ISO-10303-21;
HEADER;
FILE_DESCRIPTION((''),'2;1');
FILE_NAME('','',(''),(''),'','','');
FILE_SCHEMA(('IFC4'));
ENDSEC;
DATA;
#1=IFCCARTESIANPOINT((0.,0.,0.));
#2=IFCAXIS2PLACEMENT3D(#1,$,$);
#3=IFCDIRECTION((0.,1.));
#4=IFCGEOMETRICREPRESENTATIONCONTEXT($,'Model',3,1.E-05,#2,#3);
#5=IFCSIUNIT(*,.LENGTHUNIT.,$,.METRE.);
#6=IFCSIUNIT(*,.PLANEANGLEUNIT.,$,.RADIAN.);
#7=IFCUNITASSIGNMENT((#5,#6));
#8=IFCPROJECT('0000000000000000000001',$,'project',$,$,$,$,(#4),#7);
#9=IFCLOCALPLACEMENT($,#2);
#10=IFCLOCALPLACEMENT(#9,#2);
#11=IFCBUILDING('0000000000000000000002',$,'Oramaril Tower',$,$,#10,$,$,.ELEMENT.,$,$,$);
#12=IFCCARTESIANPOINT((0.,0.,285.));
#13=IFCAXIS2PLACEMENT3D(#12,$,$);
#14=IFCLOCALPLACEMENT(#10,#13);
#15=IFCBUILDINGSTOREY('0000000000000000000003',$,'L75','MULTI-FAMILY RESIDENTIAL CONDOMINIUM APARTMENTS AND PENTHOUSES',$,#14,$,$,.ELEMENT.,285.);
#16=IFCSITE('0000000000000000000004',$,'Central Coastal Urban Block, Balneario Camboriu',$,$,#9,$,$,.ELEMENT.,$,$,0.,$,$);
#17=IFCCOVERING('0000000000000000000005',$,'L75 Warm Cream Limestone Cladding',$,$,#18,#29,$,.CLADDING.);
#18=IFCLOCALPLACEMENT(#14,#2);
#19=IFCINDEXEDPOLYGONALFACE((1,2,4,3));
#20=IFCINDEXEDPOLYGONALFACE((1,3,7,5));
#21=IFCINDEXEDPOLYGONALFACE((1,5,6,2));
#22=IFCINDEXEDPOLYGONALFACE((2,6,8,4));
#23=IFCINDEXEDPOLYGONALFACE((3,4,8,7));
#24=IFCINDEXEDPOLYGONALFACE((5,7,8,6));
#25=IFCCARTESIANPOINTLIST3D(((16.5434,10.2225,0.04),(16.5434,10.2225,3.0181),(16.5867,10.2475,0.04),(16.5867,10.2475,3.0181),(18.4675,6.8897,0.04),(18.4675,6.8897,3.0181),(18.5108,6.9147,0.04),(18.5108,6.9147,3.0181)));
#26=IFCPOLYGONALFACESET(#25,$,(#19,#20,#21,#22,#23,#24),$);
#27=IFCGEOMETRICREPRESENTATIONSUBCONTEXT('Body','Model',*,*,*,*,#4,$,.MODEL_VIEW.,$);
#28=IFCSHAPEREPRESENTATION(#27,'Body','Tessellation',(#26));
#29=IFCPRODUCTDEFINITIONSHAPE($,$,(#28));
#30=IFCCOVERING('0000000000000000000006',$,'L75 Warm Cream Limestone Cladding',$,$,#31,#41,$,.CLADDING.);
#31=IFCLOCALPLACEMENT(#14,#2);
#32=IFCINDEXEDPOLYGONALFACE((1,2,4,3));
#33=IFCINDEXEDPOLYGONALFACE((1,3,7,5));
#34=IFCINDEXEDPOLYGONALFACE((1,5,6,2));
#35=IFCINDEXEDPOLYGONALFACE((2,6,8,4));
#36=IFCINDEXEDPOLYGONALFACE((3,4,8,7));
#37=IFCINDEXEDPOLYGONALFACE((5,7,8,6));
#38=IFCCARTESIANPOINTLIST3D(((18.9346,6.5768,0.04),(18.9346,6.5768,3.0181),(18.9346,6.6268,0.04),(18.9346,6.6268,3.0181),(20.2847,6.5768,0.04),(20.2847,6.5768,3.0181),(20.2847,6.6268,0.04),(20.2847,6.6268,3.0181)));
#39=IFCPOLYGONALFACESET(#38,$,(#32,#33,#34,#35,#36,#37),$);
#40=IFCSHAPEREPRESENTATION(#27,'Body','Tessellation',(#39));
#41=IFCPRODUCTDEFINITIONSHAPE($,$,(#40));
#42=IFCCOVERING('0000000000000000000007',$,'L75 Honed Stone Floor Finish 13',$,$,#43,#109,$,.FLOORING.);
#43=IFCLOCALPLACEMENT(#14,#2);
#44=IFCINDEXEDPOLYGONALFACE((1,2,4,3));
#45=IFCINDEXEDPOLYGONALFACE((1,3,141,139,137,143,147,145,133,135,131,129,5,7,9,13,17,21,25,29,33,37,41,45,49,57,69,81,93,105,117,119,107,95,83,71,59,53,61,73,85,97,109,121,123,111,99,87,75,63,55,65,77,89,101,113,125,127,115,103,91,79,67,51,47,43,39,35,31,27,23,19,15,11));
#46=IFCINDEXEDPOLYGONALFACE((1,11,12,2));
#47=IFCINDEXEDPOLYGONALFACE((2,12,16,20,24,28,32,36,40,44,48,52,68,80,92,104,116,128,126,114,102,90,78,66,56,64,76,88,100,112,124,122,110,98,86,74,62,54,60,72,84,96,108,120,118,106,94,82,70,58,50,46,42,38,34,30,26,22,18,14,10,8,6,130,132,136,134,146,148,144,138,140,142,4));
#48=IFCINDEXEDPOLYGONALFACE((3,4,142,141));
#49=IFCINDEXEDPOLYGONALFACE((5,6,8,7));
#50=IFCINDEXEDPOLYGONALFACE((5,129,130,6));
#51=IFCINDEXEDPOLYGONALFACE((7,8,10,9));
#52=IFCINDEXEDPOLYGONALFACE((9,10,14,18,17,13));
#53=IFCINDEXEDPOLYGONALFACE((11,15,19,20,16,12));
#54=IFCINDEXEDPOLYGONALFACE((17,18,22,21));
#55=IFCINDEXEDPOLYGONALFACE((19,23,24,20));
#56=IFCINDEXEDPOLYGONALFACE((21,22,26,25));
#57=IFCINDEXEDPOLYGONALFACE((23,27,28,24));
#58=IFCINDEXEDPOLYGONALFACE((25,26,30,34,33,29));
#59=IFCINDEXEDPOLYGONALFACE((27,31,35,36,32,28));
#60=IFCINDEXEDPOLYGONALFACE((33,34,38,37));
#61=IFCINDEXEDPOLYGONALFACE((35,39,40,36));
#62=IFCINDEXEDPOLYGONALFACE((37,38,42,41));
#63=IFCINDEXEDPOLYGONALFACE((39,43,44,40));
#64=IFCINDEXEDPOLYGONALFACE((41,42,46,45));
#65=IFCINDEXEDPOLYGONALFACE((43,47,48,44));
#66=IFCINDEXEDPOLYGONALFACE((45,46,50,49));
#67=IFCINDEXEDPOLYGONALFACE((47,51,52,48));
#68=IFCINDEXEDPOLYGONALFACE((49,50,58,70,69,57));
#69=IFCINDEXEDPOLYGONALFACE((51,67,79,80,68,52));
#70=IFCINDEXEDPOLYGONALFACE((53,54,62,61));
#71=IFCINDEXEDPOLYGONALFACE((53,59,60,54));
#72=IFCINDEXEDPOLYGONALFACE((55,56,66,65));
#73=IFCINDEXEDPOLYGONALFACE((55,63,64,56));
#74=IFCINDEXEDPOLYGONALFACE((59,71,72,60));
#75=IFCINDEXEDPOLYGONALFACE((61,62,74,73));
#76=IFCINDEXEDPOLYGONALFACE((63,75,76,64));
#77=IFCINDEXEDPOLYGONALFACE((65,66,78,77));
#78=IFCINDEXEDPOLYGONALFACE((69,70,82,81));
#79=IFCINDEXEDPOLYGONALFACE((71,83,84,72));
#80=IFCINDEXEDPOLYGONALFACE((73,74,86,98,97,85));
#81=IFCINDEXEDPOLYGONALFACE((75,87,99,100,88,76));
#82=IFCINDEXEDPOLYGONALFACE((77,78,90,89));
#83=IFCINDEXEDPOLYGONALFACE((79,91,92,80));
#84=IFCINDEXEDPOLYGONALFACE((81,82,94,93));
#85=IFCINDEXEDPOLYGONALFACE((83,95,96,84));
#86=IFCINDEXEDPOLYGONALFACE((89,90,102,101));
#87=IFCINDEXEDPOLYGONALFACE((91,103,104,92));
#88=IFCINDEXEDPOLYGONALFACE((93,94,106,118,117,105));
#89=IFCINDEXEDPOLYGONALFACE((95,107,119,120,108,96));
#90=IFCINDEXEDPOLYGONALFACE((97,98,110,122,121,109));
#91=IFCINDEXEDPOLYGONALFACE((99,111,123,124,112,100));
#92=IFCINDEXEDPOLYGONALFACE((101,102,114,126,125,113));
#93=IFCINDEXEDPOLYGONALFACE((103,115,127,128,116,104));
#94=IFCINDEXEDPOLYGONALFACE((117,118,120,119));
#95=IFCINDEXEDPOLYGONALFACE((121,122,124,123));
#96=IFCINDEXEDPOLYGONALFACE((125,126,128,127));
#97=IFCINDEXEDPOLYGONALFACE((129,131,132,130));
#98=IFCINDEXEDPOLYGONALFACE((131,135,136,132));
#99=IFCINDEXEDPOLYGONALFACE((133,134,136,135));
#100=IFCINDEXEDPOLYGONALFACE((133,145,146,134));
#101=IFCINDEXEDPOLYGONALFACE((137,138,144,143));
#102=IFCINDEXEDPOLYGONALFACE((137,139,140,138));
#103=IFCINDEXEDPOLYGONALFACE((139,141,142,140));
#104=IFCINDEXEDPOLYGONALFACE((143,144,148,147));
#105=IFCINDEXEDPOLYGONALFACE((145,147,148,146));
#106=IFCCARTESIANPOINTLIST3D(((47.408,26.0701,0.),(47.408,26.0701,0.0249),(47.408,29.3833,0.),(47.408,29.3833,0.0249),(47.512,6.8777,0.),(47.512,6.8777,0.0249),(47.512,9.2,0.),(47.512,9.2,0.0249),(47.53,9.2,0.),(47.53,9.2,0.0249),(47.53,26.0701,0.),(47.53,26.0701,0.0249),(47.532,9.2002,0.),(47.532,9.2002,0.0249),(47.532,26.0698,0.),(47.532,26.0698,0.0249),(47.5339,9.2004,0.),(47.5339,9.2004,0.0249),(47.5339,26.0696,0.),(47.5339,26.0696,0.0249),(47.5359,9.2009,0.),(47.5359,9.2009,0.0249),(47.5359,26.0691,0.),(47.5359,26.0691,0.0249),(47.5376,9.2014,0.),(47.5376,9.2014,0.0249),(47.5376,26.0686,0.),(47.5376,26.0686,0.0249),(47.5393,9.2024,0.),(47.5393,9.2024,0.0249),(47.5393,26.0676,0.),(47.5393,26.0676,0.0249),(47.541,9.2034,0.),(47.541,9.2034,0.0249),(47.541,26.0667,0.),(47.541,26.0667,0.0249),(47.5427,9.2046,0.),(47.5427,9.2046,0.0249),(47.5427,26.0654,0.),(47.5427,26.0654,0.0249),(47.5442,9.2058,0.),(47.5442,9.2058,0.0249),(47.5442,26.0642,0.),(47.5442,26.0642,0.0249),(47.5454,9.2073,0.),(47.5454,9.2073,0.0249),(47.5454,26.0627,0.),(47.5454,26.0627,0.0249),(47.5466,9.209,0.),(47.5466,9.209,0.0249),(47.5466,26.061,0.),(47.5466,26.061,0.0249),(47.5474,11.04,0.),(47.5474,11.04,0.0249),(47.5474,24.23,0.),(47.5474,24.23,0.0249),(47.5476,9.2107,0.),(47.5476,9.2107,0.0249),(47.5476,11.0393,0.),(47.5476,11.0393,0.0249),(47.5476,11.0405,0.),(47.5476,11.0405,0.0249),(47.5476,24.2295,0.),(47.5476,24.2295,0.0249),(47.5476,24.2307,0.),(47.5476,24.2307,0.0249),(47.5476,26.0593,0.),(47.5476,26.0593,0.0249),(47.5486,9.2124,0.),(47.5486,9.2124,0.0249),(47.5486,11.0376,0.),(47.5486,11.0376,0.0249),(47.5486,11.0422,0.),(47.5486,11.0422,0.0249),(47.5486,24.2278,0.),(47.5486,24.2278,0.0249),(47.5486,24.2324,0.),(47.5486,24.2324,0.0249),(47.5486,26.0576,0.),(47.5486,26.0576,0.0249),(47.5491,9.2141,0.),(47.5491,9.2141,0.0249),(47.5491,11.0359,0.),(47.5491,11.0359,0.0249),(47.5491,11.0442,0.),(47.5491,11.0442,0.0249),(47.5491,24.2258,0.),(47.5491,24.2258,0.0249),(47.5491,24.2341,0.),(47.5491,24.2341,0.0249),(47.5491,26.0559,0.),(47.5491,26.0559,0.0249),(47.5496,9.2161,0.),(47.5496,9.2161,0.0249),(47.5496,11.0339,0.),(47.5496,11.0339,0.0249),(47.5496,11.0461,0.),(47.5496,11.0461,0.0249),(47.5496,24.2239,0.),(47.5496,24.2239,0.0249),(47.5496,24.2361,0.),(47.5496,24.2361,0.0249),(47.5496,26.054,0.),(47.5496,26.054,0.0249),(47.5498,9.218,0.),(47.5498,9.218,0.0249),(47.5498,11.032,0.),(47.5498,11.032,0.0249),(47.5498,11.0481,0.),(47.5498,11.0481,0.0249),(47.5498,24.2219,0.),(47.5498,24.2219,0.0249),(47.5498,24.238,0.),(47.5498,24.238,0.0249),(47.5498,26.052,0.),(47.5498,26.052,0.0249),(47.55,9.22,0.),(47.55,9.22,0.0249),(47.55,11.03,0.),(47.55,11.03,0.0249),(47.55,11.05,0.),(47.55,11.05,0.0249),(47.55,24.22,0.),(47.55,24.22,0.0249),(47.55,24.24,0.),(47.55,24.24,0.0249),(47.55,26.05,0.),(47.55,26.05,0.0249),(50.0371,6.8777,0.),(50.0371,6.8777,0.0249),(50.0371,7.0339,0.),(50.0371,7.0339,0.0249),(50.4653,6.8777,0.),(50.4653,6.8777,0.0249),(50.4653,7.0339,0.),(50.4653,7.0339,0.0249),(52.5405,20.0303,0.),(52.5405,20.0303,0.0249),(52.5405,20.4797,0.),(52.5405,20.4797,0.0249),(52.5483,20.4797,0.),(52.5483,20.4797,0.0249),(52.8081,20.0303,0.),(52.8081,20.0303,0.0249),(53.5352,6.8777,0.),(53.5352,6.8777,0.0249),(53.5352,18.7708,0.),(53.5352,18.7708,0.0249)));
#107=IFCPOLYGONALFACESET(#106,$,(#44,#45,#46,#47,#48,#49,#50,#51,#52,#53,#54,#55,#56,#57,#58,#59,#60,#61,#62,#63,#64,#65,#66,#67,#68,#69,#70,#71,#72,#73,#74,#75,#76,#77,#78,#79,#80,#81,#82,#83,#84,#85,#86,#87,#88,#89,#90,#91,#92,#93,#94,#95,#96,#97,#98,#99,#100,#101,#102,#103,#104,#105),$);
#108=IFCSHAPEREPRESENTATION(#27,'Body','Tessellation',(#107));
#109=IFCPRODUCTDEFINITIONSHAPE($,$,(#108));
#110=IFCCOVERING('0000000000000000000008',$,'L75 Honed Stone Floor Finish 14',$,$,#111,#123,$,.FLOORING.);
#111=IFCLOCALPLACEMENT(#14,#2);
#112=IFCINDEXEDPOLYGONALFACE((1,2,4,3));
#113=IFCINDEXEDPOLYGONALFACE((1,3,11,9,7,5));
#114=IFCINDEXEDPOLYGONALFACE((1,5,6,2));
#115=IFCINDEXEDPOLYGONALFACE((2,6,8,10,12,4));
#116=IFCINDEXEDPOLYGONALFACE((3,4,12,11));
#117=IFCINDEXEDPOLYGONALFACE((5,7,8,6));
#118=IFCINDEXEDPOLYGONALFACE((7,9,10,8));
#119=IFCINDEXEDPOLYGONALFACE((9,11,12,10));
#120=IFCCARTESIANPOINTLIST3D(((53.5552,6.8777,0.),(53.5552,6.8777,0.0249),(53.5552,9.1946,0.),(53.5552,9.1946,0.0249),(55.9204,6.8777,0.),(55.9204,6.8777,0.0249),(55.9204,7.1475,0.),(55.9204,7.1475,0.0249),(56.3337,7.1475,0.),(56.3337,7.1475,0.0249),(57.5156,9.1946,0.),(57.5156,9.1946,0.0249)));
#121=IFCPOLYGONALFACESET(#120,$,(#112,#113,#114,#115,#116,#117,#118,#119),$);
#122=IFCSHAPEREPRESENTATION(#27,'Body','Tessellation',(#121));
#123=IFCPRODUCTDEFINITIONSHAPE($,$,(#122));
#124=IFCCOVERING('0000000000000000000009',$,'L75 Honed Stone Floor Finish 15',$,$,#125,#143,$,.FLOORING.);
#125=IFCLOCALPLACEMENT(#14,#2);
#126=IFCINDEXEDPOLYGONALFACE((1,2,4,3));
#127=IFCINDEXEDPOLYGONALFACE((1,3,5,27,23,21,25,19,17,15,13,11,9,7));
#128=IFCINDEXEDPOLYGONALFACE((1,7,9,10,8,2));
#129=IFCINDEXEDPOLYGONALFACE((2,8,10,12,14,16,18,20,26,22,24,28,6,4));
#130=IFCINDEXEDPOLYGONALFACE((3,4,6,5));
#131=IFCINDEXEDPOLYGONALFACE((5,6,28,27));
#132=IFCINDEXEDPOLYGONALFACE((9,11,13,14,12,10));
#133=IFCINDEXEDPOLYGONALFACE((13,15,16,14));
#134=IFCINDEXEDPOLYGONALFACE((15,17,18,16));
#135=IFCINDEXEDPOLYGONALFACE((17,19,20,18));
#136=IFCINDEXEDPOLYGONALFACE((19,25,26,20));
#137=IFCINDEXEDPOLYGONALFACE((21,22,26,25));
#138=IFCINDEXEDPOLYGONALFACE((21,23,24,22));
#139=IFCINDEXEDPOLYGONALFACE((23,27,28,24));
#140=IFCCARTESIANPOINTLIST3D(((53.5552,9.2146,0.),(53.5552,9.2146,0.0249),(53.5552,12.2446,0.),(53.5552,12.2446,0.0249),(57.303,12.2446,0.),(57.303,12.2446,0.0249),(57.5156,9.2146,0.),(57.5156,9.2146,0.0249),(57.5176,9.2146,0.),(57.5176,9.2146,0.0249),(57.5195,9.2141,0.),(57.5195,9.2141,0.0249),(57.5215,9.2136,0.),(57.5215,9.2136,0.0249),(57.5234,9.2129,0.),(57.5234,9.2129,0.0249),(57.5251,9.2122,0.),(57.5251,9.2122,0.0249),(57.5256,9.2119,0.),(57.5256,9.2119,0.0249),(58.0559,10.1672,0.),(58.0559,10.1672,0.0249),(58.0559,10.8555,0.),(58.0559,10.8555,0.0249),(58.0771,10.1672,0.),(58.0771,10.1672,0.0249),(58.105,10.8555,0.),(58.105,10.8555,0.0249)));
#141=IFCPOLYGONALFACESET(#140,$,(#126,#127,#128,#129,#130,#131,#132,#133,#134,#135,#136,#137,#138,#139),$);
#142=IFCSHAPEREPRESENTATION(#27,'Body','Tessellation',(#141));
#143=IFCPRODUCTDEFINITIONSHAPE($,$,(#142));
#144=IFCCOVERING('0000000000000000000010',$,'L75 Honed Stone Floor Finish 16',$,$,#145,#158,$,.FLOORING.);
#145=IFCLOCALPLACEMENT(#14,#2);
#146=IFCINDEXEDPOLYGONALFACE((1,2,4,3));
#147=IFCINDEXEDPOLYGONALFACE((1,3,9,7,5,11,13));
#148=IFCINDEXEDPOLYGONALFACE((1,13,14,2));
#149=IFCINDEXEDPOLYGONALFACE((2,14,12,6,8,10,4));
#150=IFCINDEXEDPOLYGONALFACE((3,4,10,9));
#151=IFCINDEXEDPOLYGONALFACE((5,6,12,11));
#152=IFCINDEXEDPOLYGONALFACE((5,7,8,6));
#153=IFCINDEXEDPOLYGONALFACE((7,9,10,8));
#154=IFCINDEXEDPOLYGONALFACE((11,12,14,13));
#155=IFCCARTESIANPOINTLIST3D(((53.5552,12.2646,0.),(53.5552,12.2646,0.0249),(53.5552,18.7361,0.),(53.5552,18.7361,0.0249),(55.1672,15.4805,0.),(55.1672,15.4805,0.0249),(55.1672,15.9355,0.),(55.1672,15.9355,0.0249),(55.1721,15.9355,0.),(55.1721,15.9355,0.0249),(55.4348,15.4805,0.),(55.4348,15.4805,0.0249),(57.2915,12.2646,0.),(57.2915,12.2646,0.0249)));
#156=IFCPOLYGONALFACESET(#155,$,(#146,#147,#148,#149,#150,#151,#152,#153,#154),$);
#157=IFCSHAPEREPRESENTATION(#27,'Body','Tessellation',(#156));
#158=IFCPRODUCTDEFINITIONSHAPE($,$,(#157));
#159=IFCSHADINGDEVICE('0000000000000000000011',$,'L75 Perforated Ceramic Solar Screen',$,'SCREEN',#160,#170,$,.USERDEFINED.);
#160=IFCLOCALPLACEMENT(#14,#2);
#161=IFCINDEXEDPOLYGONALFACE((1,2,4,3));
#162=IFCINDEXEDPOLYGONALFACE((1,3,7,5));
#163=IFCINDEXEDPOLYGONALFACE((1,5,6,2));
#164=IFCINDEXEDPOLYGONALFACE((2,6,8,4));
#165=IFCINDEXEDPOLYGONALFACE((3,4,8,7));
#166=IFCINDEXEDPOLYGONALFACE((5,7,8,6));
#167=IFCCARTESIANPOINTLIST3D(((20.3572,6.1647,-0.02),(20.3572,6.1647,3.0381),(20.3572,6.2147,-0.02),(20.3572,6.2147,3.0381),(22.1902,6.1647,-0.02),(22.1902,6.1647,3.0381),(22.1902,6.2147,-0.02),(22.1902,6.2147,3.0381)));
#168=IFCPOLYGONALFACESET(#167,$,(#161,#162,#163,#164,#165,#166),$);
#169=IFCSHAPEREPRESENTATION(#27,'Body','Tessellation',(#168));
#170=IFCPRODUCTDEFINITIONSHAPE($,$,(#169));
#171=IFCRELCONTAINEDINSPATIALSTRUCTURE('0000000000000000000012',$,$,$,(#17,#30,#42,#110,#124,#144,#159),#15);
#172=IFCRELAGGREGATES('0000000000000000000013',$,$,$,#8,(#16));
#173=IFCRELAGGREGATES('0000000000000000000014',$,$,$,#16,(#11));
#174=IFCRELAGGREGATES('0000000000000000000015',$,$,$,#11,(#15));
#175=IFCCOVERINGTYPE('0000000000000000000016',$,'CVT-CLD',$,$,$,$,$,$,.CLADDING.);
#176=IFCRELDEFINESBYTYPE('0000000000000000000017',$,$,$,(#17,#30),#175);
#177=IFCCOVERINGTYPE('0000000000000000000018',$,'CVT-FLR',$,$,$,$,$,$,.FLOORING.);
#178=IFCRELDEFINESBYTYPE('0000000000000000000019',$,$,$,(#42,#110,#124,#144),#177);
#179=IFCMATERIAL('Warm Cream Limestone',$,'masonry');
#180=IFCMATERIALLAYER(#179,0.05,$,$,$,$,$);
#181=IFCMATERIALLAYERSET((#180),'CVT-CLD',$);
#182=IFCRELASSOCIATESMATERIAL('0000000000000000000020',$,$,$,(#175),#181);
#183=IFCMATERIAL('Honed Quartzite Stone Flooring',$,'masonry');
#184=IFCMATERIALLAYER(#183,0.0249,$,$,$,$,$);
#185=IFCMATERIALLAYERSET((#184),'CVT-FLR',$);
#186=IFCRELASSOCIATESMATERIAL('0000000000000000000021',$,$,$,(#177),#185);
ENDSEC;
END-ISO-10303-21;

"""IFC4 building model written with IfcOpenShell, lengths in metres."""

from ifc_helpers import new_model, si_unit, direction, frame, origin, origin_2d, place, context, subcontext, project, spatial, polyline, rectangle, outline, extrude, material, layer, layer_set, type_object, element, save


model = new_model("IFC4")

# Units and contexts
model_context = context("Model", 3, precision=1e-05, world=origin(), true_north=direction((0.0, 1.0)))
body_context = subcontext(model_context, "Body", "Model", "MODEL_VIEW")
ifc_project = project(units=[si_unit("LENGTHUNIT", "METRE"), si_unit("PLANEANGLEUNIT", "RADIAN")], contexts=[model_context])

# Site, building, storey
site_placement = place(None, origin())
site = spatial("IfcSite", under=ifc_project, at=site_placement, Name="Central Coastal Urban Block, Balneario Camboriu", CompositionType="ELEMENT", RefElevation=0.0)
building_placement = place(site_placement, origin())
building = spatial("IfcBuilding", under=site, at=building_placement, Name="Oramaril Tower", CompositionType="ELEMENT")
storey_placement = place(building_placement, frame((0.0, 0.0, 285.0)))
storey = spatial("IfcBuildingStorey", under=building, at=storey_placement, Name="L75", Description="MULTI-FAMILY RESIDENTIAL CONDOMINIUM APARTMENTS AND PENTHOUSES", CompositionType="ELEMENT", Elevation=285.0)

# Coverings
ifc_material_1 = material(Name="Warm Cream Limestone", Category="masonry")
ifc_layer_1 = layer(ifc_material_1, 0.05)
ifc_layer_set_1 = layer_set([ifc_layer_1], Name="CVT-CLD")
covering_type_1 = type_object("IfcCoveringType", Name="CVT-CLD", PredefinedType="CLADDING", material=ifc_layer_set_1)
covering_1_placement = place(storey_placement, frame((17.5271, 8.5686, 0.04), z_axis=(0.0, 0.0, 1.0), x_axis=(0.499985, -0.866034, 0.0)))
element("IfcCovering", 1, at=covering_1_placement, inside=storey, type_object=covering_type_1, Name="L75 Warm Cream Limestone Cladding", PredefinedType="CLADDING", context=body_context, shape_type="SweptSolid", body=[
    extrude(rectangle(XDim=3.8484, YDim=0.05, at=origin_2d()), origin(), (0.0, 0.0, 1.0), 2.978),
])
covering_2_placement = place(storey_placement, frame((19.6096, 6.6018, 0.04), z_axis=(0.0, 0.0, 1.0), x_axis=(1.0, 0.0, 0.0)))
element("IfcCovering", 2, at=covering_2_placement, inside=storey, type_object=covering_type_1, Name="L75 Warm Cream Limestone Cladding", PredefinedType="CLADDING", context=body_context, shape_type="SweptSolid", body=[
    extrude(rectangle(XDim=1.3501, YDim=0.05, at=origin_2d()), origin(), (0.0, 0.0, 1.0), 2.978),
])
ifc_material_2 = material(Name="Honed Quartzite Stone Flooring", Category="masonry")
ifc_layer_2 = layer(ifc_material_2, 0.0249)
ifc_layer_set_2 = layer_set([ifc_layer_2], Name="CVT-FLR")
covering_type_2 = type_object("IfcCoveringType", Name="CVT-FLR", PredefinedType="FLOORING", material=ifc_layer_set_2)
covering_3_placement = place(storey_placement, origin())
element("IfcCovering", 3, at=covering_3_placement, inside=storey, type_object=covering_type_2, Name="L75 Honed Stone Floor Finish 13", PredefinedType="FLOORING", context=body_context, shape_type="SweptSolid", body=[
    extrude(outline(polyline([(52.5483, 20.4797), (52.5405, 20.4797), (52.5405, 20.0303), (52.8081, 20.0303), (53.5352, 18.7708), (53.5352, 6.8777), (50.4653, 6.8777), (50.4653, 7.0339), (50.0371, 7.0339), (50.0371, 6.8777), (47.512, 6.8777), (47.512, 9.2), (47.53, 9.2), (47.532, 9.2002), (47.5339, 9.2004), (47.5359, 9.2009), (47.5376, 9.2014), (47.5393, 9.2024), (47.541, 9.2034), (47.5427, 9.2046), (47.5442, 9.2058), (47.5454, 9.2073), (47.5466, 9.209), (47.5476, 9.2107), (47.5486, 9.2124), (47.5491, 9.2141), (47.5496, 9.2161), (47.5498, 9.218), (47.55, 9.22), (47.55, 11.03), (47.5498, 11.032), (47.5496, 11.0339), (47.5491, 11.0359), (47.5486, 11.0376), (47.5476, 11.0393), (47.5474, 11.04), (47.5476, 11.0405), (47.5486, 11.0422), (47.5491, 11.0442), (47.5496, 11.0461), (47.5498, 11.0481), (47.55, 11.05), (47.55, 24.22), (47.5498, 24.2219), (47.5496, 24.2239), (47.5491, 24.2258), (47.5486, 24.2278), (47.5476, 24.2295), (47.5474, 24.23), (47.5476, 24.2307), (47.5486, 24.2324), (47.5491, 24.2341), (47.5496, 24.2361), (47.5498, 24.238), (47.55, 24.24), (47.55, 26.05), (47.5498, 26.052), (47.5496, 26.054), (47.5491, 26.0559), (47.5486, 26.0576), (47.5476, 26.0593), (47.5466, 26.061), (47.5454, 26.0627), (47.5442, 26.0642), (47.5427, 26.0654), (47.541, 26.0667), (47.5393, 26.0676), (47.5376, 26.0686), (47.5359, 26.0691), (47.5339, 26.0696), (47.532, 26.0698), (47.53, 26.0701), (47.408, 26.0701), (47.408, 29.3833), (52.5483, 20.4797)])), origin(), (0.0, 0.0, 1.0), 0.0249),
])
covering_4_placement = place(storey_placement, origin())
element("IfcCovering", 4, at=covering_4_placement, inside=storey, type_object=covering_type_2, Name="L75 Honed Stone Floor Finish 14", PredefinedType="FLOORING", context=body_context, shape_type="SweptSolid", body=[
    extrude(outline(polyline([(56.3337, 7.1475), (55.9204, 7.1475), (55.9204, 6.8777), (53.5552, 6.8777), (53.5552, 9.1946), (57.5156, 9.1946), (56.3337, 7.1475)])), origin(), (0.0, 0.0, 1.0), 0.0249),
])
covering_5_placement = place(storey_placement, origin())
element("IfcCovering", 5, at=covering_5_placement, inside=storey, type_object=covering_type_2, Name="L75 Honed Stone Floor Finish 15", PredefinedType="FLOORING", context=body_context, shape_type="SweptSolid", body=[
    extrude(outline(polyline([(58.105, 10.8555), (58.0559, 10.8555), (58.0559, 10.1672), (58.0771, 10.1672), (57.5256, 9.2119), (57.5251, 9.2122), (57.5234, 9.2129), (57.5215, 9.2136), (57.5195, 9.2141), (57.5176, 9.2146), (57.5156, 9.2146), (53.5552, 9.2146), (53.5552, 12.2446), (57.303, 12.2446), (58.105, 10.8555)])), origin(), (0.0, 0.0, 1.0), 0.0249),
])
covering_6_placement = place(storey_placement, origin())
element("IfcCovering", 6, at=covering_6_placement, inside=storey, type_object=covering_type_2, Name="L75 Honed Stone Floor Finish 16", PredefinedType="FLOORING", context=body_context, shape_type="SweptSolid", body=[
    extrude(outline(polyline([(55.1672, 15.9355), (55.1672, 15.4805), (55.4348, 15.4805), (57.2915, 12.2646), (53.5552, 12.2646), (53.5552, 18.7361), (55.1721, 15.9355), (55.1672, 15.9355)])), origin(), (0.0, 0.0, 1.0), 0.0249),
])

# Shading device
shading_device_placement = place(storey_placement, frame((21.2737, 6.1897, -0.02), z_axis=(0.0, 0.0, 1.0), x_axis=(1.0, 0.0, 0.0)))
element("IfcShadingDevice", 7, at=shading_device_placement, inside=storey, Name="L75 Perforated Ceramic Solar Screen", ObjectType="SCREEN", PredefinedType="USERDEFINED", context=body_context, shape_type="SweptSolid", body=[
    extrude(rectangle(XDim=1.833, YDim=0.05, at=origin_2d()), origin(), (0.0, 0.0, 1.0), 3.0581),
])

save(model, "model.ifc")
